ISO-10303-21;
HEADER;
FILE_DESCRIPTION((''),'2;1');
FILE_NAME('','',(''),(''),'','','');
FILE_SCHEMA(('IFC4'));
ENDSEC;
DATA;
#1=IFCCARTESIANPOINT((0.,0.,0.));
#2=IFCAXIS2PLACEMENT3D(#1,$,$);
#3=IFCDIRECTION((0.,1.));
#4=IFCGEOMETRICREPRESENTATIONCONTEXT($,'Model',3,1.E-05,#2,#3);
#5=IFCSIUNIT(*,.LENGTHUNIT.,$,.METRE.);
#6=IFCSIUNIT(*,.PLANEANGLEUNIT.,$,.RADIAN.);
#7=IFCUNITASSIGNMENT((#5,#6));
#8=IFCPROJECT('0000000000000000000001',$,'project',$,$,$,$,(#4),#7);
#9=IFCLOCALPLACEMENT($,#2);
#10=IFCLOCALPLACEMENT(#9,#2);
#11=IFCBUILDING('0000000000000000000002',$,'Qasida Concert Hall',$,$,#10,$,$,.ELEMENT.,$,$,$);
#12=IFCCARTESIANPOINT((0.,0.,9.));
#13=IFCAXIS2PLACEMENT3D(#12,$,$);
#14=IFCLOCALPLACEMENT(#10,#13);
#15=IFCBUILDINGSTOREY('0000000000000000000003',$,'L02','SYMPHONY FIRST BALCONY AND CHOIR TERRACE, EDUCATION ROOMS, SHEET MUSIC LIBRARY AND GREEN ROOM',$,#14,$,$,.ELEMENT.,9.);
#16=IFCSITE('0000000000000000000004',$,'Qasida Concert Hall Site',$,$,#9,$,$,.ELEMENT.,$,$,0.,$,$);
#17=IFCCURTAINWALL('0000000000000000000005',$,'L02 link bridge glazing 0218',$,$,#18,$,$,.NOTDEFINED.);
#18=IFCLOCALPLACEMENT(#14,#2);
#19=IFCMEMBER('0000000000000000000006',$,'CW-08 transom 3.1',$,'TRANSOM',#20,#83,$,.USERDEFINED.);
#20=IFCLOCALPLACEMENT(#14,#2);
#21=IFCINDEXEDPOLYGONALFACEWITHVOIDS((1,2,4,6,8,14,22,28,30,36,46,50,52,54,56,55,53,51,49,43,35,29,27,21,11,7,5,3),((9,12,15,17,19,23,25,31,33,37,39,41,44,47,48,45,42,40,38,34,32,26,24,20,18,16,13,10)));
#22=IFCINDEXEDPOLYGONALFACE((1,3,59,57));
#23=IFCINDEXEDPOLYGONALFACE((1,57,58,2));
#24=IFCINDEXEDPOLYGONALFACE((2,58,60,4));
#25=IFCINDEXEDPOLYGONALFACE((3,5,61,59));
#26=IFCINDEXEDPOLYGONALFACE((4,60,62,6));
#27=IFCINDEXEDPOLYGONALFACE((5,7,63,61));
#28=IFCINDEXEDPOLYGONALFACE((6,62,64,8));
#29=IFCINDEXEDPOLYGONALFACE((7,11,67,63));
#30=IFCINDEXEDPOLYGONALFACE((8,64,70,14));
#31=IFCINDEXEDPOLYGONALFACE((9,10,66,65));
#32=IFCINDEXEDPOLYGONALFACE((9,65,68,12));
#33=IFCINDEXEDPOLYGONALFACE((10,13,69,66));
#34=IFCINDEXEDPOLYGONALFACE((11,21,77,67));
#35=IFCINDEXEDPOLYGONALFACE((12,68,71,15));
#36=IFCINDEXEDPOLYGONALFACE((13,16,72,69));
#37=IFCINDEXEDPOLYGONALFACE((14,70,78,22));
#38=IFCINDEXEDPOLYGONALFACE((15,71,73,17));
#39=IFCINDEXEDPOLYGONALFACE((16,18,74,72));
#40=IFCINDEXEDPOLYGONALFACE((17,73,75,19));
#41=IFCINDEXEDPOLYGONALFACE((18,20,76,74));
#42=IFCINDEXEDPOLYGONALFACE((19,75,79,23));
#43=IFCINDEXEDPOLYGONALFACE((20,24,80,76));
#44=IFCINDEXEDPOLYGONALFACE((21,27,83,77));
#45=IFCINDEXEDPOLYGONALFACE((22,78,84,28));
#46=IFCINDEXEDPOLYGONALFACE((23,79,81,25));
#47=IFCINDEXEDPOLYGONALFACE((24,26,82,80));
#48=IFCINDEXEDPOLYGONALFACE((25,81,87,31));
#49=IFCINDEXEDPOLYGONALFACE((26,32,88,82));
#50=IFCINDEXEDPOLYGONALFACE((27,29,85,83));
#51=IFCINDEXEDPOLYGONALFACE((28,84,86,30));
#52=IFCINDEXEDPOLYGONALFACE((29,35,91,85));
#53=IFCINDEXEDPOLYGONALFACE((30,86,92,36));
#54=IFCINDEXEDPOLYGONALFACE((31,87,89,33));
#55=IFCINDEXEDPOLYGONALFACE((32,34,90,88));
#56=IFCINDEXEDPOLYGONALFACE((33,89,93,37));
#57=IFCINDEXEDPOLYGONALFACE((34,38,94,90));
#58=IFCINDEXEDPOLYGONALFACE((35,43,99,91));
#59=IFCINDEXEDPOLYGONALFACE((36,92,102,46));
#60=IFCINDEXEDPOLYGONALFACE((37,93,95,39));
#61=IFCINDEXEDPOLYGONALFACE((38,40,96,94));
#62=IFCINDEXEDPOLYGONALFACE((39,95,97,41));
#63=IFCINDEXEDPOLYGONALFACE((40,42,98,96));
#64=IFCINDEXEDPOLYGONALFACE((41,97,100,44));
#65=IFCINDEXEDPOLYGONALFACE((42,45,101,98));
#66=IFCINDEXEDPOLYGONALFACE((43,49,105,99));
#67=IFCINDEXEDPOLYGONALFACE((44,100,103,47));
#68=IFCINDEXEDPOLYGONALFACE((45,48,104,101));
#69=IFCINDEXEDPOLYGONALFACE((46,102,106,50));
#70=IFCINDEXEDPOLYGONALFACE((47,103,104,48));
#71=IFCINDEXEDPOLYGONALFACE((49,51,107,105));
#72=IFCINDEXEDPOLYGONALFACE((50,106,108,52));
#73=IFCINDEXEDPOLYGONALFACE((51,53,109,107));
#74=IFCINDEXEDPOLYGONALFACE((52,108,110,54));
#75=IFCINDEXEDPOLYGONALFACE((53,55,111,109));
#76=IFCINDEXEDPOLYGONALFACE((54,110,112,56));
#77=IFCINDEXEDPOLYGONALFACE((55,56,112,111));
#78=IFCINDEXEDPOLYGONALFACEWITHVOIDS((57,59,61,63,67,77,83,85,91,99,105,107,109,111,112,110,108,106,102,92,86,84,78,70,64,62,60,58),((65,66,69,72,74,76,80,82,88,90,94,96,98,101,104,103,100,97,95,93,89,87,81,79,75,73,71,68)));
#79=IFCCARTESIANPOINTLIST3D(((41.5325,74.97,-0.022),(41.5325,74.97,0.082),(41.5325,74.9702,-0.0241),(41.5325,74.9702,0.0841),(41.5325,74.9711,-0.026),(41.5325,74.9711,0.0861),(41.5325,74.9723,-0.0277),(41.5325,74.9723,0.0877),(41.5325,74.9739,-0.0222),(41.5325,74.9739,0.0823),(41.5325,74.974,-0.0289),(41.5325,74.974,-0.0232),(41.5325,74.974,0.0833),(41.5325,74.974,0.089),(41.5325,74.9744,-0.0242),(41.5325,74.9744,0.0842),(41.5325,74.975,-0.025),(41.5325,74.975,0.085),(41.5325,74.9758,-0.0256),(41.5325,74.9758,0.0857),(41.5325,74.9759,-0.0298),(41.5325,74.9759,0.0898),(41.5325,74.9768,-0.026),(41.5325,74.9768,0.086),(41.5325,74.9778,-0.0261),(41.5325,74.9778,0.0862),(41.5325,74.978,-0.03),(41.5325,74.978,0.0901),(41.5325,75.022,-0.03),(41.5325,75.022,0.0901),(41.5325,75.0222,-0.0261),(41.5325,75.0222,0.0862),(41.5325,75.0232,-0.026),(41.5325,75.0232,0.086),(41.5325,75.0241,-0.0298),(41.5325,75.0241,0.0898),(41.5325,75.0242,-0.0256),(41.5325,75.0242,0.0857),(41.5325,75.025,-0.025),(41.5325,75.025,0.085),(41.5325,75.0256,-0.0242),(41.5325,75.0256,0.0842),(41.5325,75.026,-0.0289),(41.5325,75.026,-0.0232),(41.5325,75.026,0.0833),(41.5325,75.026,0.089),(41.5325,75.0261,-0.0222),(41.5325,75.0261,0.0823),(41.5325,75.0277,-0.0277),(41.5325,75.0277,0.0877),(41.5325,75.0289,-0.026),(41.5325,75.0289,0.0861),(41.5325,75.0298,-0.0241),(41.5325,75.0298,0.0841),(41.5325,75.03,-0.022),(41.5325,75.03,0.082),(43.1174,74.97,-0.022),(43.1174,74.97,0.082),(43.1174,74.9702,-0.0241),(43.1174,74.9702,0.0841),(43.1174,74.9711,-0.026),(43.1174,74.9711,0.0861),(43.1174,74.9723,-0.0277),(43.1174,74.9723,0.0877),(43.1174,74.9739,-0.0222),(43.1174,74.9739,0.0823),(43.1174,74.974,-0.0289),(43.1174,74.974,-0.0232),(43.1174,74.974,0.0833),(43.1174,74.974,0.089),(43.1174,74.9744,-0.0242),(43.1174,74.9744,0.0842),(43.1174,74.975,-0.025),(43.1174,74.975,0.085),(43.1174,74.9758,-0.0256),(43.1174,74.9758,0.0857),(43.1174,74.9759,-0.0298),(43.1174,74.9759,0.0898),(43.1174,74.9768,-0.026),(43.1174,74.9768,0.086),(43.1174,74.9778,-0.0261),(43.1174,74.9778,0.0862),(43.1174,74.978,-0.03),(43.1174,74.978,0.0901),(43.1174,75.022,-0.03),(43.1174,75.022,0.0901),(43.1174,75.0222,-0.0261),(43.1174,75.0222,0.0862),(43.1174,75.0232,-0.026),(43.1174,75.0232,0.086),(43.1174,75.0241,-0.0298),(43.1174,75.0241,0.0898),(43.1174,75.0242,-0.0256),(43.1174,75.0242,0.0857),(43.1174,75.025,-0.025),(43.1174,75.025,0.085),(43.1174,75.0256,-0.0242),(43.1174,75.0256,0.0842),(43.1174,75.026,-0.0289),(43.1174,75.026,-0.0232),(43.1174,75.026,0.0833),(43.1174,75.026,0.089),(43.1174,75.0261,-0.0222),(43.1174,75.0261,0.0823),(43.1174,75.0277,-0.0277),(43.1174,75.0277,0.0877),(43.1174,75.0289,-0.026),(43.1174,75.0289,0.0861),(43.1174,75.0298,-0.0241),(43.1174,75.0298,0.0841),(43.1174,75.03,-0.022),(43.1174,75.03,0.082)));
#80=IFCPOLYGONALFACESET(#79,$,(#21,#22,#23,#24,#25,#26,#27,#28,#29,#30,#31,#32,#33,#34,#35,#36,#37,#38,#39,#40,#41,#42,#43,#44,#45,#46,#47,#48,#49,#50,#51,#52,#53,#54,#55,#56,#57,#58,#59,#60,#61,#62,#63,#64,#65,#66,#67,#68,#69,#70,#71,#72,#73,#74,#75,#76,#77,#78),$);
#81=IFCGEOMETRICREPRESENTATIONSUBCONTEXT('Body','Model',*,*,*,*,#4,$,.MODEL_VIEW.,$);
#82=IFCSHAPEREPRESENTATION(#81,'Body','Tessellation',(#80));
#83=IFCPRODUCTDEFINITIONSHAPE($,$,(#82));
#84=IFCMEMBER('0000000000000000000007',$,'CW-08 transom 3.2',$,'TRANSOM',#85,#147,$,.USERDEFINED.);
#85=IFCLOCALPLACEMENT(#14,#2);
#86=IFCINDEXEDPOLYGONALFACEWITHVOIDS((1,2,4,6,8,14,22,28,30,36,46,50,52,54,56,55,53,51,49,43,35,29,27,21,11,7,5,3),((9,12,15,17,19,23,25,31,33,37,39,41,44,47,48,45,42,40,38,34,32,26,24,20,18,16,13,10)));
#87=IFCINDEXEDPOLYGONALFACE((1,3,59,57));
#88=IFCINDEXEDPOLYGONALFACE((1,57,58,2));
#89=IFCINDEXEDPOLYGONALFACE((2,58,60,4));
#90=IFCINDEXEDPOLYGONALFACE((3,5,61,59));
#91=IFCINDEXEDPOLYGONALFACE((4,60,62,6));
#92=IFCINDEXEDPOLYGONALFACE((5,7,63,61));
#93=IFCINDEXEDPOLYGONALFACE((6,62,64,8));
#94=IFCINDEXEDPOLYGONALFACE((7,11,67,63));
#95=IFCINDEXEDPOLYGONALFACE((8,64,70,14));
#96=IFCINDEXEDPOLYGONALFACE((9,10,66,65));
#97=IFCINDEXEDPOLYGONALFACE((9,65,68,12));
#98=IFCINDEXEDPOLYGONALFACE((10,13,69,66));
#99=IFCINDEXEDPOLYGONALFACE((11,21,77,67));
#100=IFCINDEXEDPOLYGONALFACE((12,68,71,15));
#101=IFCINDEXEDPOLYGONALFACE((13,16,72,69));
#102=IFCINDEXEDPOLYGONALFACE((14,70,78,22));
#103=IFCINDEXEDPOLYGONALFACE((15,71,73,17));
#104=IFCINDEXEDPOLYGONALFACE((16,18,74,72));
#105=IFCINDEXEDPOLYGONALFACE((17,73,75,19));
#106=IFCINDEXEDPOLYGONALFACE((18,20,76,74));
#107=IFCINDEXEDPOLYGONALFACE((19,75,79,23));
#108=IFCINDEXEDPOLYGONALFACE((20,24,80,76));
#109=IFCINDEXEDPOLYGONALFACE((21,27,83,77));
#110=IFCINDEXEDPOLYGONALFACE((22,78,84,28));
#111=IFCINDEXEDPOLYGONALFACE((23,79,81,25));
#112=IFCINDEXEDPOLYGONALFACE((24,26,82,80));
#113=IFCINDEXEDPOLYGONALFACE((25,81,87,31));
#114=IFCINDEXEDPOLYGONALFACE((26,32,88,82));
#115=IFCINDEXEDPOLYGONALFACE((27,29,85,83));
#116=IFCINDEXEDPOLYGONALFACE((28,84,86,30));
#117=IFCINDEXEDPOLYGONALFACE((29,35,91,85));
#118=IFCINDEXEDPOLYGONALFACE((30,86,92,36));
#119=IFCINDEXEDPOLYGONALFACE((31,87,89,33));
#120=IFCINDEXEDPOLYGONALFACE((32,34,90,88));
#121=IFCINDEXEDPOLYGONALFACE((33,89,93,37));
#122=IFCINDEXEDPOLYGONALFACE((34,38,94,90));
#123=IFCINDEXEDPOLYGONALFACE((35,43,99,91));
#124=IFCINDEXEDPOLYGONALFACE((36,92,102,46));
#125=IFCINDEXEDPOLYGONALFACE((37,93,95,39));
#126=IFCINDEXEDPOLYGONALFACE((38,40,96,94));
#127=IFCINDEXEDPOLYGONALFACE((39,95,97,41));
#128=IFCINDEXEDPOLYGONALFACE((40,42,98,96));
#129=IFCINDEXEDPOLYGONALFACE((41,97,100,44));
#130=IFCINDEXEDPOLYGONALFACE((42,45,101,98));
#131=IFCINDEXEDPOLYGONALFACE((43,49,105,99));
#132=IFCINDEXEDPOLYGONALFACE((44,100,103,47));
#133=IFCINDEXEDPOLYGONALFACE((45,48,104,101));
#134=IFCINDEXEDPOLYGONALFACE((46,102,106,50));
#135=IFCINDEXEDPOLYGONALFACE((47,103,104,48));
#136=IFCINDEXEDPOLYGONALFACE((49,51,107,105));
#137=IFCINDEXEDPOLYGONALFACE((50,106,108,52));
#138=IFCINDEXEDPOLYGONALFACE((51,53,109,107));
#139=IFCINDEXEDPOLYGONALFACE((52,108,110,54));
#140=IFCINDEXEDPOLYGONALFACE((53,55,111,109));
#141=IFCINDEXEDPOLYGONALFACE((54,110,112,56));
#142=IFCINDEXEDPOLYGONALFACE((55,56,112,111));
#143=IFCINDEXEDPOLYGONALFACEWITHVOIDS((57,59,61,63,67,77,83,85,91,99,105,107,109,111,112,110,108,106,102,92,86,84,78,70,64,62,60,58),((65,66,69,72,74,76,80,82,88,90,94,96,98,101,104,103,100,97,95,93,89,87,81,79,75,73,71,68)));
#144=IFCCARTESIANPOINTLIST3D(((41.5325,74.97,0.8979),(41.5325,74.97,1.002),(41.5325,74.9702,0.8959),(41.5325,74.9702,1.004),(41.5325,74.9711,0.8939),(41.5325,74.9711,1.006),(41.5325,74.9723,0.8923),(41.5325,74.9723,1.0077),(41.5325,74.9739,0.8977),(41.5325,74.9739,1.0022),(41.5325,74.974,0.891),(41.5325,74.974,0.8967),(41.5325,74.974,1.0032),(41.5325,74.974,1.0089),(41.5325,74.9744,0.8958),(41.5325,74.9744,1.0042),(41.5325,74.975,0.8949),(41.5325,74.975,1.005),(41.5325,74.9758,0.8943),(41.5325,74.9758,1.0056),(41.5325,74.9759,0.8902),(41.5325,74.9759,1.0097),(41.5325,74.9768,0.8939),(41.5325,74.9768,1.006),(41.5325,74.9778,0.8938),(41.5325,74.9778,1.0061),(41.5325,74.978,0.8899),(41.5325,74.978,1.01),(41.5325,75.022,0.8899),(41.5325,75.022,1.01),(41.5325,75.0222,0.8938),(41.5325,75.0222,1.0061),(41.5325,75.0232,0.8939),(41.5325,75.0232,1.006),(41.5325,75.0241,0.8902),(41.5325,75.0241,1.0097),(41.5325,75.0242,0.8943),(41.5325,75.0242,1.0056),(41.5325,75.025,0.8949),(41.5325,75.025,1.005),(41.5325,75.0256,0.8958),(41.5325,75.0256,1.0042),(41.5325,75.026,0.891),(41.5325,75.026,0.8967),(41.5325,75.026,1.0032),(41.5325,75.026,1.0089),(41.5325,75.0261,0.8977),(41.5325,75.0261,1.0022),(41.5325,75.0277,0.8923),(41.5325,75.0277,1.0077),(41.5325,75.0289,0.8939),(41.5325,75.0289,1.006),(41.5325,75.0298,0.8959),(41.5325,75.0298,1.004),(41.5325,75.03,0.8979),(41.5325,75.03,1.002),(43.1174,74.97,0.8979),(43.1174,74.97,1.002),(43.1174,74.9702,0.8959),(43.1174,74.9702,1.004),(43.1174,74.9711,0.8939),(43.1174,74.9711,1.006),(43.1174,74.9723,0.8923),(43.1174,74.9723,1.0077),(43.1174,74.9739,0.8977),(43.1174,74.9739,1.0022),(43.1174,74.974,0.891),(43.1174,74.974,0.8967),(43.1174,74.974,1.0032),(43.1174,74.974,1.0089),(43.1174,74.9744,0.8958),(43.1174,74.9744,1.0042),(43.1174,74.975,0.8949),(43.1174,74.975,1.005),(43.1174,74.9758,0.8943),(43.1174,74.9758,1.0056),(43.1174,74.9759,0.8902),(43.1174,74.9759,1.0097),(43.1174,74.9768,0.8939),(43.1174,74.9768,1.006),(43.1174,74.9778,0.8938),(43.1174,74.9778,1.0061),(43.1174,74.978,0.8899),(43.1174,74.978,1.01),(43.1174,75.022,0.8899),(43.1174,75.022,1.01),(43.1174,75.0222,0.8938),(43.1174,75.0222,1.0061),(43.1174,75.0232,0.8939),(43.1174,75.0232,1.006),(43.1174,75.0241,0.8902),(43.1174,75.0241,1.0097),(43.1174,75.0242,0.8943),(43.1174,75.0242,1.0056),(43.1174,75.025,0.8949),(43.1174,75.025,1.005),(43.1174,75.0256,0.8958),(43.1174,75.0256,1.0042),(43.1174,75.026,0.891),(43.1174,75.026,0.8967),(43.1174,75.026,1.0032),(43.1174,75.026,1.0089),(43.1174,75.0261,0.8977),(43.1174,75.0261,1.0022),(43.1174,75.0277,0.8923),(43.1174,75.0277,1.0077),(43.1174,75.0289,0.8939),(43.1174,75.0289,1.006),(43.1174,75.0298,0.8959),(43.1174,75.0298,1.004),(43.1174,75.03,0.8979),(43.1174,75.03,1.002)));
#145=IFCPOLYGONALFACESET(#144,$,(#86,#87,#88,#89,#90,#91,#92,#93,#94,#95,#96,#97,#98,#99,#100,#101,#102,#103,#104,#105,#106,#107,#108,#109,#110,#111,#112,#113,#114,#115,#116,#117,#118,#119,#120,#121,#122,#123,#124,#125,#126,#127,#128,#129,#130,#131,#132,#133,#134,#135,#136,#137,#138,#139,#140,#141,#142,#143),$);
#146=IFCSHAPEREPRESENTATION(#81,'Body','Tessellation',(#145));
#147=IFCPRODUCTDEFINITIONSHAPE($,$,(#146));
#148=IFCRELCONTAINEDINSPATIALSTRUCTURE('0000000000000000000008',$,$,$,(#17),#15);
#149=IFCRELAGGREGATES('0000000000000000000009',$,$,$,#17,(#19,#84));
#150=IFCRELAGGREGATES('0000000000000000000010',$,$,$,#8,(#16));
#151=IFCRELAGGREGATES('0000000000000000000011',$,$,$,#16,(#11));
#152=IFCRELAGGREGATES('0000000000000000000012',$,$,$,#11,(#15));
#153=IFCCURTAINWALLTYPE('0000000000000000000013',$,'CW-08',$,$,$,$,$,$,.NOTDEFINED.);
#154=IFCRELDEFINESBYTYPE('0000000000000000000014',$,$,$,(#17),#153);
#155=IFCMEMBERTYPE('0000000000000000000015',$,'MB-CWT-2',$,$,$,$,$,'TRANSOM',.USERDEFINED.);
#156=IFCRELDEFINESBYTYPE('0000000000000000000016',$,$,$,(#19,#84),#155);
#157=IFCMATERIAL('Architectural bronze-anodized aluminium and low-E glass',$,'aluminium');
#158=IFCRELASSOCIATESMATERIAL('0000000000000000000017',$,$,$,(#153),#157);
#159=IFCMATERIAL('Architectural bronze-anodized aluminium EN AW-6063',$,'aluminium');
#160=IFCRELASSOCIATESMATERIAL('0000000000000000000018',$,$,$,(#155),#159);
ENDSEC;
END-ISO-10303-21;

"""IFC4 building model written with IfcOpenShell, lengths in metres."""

from ifc_helpers import new_model, si_unit, direction, frame, origin, origin_2d, place, context, subcontext, project, spatial, hollow_rectangle, extrude, material, material_profile, profile_set, type_object, element, aggregate, save


model = new_model("IFC4")

# Units and contexts
model_context = context("Model", 3, precision=1e-05, world=origin(), true_north=direction((0.0, 1.0)))
body_context = subcontext(model_context, "Body", "Model", "MODEL_VIEW")
ifc_project = project(units=[si_unit("LENGTHUNIT", "METRE"), si_unit("PLANEANGLEUNIT", "RADIAN")], contexts=[model_context])

# Site, building, storey
site_placement = place(None, origin())
site = spatial("IfcSite", under=ifc_project, at=site_placement, Name="Qasida Concert Hall Site", CompositionType="ELEMENT", RefElevation=0.0)
building_placement = place(site_placement, origin())
building = spatial("IfcBuilding", under=site, at=building_placement, Name="Qasida Concert Hall", CompositionType="ELEMENT")
storey_placement = place(building_placement, frame((0.0, 0.0, 9.0)))
storey = spatial("IfcBuildingStorey", under=building, at=storey_placement, Name="L02", Description="SYMPHONY FIRST BALCONY AND CHOIR TERRACE, EDUCATION ROOMS, SHEET MUSIC LIBRARY AND GREEN ROOM", CompositionType="ELEMENT", Elevation=9.0)

# Curtain wall, members
ifc_material_1 = material(Name="Architectural bronze-anodized aluminium and low-E glass", Category="aluminium")
curtain_wall_type = type_object("IfcCurtainWallType", Name="CW-08", PredefinedType="NOTDEFINED", material=ifc_material_1)
curtain_wall_placement = place(storey_placement, origin())
curtain_wall = element("IfcCurtainWall", 1, at=curtain_wall_placement, inside=storey, type_object=curtain_wall_type, Name="L02 link bridge glazing 0218", PredefinedType="NOTDEFINED")
ifc_material_2 = material(Name="Architectural bronze-anodized aluminium EN AW-6063", Category="aluminium")
ifc_material_profile_1 = material_profile(ifc_material_2, hollow_rectangle(XDim=0.0601, YDim=0.1201, WallThickness=0.0039, InnerFilletRadius=0.0039, OuterFilletRadius=0.0081, at=origin_2d()), Name="CWT 120x60x4")
ifc_profile_set_1 = profile_set([ifc_material_profile_1], Name="Architectural bronze-anodized aluminium EN AW-6063")
member_type_1 = type_object("IfcMemberType", Name="MB-CWT-2", ElementType="TRANSOM", PredefinedType="USERDEFINED", material=ifc_profile_set_1)
member_1_placement = place(storey_placement, frame((41.5325, 75.0, 0.03), z_axis=(1.0, 0.0, 0.0), x_axis=(0.0, 1.0, 0.0)))
member_1 = element("IfcMember", 2, at=member_1_placement, type_object=member_type_1, Name="CW-08 transom 3.1", ObjectType="TRANSOM", PredefinedType="USERDEFINED", context=body_context, shape_type="SweptSolid", body=[
    extrude(hollow_rectangle(XDim=0.0601, YDim=0.1201, WallThickness=0.0039, InnerFilletRadius=0.0039, OuterFilletRadius=0.0081, at=origin_2d()), origin(), (0.0, 0.0, 1.0), 1.585),
])
member_2_placement = place(storey_placement, frame((41.5325, 75.0, 0.95), z_axis=(1.0, 0.0, 0.0), x_axis=(0.0, 1.0, 0.0)))
member_2 = element("IfcMember", 3, at=member_2_placement, type_object=member_type_1, Name="CW-08 transom 3.2", ObjectType="TRANSOM", PredefinedType="USERDEFINED", context=body_context, shape_type="SweptSolid", body=[
    extrude(hollow_rectangle(XDim=0.0601, YDim=0.1201, WallThickness=0.0039, InnerFilletRadius=0.0039, OuterFilletRadius=0.0081, at=origin_2d()), origin(), (0.0, 0.0, 1.0), 1.585),
])
aggregate(curtain_wall, [member_1, member_2])

save(model, "model.ifc")
